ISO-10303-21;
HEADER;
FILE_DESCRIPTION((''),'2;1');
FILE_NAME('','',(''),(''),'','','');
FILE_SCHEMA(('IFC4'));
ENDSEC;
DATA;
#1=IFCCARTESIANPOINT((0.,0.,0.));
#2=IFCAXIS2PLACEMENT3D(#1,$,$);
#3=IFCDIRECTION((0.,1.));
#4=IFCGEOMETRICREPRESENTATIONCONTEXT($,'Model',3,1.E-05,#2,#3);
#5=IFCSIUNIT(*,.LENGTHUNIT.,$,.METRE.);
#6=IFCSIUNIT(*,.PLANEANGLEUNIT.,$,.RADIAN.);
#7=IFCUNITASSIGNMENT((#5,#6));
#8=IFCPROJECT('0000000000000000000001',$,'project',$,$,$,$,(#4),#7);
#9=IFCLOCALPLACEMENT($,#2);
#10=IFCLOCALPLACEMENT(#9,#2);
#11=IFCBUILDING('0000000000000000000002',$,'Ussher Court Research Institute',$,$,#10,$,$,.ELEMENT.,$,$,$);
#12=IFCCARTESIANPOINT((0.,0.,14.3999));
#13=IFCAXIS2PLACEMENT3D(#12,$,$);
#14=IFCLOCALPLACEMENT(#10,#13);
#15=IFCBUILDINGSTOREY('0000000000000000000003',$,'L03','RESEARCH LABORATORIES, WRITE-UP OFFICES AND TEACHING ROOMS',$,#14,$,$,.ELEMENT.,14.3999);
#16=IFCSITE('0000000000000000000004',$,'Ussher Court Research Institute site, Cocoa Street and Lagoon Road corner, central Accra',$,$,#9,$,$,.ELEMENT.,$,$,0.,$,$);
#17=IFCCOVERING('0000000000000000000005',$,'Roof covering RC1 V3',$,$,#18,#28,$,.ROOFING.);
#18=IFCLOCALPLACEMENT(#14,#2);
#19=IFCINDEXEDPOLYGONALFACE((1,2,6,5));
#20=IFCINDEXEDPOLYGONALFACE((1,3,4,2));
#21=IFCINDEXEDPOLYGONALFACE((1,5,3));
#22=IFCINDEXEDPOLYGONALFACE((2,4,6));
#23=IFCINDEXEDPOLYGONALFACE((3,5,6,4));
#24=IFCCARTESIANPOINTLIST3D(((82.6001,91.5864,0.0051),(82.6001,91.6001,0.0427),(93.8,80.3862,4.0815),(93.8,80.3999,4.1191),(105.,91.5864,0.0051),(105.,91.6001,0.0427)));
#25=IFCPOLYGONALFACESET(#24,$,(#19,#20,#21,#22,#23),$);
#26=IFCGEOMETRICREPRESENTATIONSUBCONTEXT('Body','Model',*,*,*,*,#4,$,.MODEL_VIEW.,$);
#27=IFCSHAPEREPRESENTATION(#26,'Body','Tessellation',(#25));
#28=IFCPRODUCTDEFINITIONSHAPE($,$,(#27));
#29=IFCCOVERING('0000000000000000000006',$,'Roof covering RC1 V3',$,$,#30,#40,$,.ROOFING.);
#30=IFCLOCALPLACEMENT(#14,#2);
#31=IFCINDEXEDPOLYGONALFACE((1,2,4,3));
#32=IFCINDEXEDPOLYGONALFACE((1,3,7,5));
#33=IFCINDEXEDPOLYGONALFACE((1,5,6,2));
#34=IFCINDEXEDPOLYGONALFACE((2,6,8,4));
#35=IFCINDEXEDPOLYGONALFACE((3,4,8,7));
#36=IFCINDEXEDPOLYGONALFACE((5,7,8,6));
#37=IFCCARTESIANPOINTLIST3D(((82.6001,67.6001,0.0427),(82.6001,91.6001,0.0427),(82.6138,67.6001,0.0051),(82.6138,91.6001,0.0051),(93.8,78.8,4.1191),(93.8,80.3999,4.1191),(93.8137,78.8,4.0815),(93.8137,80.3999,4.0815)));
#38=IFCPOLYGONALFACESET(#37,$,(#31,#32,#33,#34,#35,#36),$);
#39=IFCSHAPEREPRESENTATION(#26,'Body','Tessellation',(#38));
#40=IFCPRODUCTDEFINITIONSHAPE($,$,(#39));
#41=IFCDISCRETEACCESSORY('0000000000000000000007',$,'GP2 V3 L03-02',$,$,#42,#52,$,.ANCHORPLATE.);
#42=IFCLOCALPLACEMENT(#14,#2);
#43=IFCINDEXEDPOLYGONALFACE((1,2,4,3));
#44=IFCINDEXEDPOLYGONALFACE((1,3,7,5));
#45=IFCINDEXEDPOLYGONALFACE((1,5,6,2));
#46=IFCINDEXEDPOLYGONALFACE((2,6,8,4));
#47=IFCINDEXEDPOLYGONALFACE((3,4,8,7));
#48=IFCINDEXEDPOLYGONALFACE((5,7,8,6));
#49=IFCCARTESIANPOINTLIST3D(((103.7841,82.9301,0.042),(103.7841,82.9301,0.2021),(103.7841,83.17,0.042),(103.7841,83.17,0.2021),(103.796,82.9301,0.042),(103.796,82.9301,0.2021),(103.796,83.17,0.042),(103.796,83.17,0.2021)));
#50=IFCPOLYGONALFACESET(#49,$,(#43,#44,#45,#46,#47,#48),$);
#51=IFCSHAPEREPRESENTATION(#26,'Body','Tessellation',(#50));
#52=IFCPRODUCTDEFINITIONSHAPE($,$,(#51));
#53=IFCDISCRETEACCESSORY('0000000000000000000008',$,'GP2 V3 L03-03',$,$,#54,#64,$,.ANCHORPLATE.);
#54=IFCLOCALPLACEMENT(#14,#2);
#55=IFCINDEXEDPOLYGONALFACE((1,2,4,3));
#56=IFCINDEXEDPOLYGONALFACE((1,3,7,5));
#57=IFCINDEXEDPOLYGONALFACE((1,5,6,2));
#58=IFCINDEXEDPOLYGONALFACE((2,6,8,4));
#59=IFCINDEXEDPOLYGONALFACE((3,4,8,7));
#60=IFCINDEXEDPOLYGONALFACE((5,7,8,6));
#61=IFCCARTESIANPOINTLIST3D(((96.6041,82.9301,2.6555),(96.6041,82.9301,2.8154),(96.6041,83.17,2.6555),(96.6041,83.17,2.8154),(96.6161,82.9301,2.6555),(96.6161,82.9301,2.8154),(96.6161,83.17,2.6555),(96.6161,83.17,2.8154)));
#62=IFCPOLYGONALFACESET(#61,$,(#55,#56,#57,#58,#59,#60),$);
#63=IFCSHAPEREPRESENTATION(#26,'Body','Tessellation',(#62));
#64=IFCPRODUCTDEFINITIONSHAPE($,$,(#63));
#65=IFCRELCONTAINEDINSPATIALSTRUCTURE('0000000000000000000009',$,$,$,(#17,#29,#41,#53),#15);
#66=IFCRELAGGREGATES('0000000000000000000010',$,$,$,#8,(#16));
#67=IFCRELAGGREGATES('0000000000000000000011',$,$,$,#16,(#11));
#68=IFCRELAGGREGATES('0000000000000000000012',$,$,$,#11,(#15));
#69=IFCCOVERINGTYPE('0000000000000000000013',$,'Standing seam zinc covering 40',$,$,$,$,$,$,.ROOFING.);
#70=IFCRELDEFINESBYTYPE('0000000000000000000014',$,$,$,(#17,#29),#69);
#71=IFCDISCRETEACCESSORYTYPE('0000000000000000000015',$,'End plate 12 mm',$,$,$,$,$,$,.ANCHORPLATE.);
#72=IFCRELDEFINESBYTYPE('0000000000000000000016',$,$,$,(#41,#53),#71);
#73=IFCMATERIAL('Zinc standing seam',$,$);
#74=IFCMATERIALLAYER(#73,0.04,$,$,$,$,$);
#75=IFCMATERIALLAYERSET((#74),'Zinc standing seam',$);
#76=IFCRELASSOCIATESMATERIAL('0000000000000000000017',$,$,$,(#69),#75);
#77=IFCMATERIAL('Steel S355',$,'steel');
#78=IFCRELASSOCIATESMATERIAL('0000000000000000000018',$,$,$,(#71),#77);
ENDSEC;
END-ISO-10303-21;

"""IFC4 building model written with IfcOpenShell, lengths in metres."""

from ifc_helpers import new_model, si_unit, direction, frame, origin, origin_2d, place, context, subcontext, project, spatial, polyline, rectangle, outline, extrude, material, layer, layer_set, material_profile, profile_set, type_object, element, save


model = new_model("IFC4")

# Units and contexts
model_context = context("Model", 3, precision=1e-05, world=origin(), true_north=direction((0.0, 1.0)))
body_context = subcontext(model_context, "Body", "Model", "MODEL_VIEW")
ifc_project = project(units=[si_unit("LENGTHUNIT", "METRE"), si_unit("PLANEANGLEUNIT", "RADIAN")], contexts=[model_context])

# Site, building, storey
site_placement = place(None, origin())
site = spatial("IfcSite", under=ifc_project, at=site_placement, Name="Ussher Court Research Institute site, Cocoa Street and Lagoon Road corner, central Accra", CompositionType="ELEMENT", RefElevation=0.0)
building_placement = place(site_placement, origin())
building = spatial("IfcBuilding", under=site, at=building_placement, Name="Ussher Court Research Institute", CompositionType="ELEMENT")
storey_placement = place(building_placement, frame((0.0, 0.0, 14.3999)))
storey = spatial("IfcBuildingStorey", under=building, at=storey_placement, Name="L03", Description="RESEARCH LABORATORIES, WRITE-UP OFFICES AND TEACHING ROOMS", CompositionType="ELEMENT", Elevation=14.3999)

# Coverings
ifc_material_1 = material(Name="Zinc standing seam")
ifc_layer_1 = layer(ifc_material_1, 0.04)
ifc_layer_set_1 = layer_set([ifc_layer_1], Name="Zinc standing seam")
covering_type = type_object("IfcCoveringType", Name="Standing seam zinc covering 40", PredefinedType="ROOFING", material=ifc_layer_set_1)
covering_1_placement = place(storey_placement, frame((105.0, 91.6001, 0.0427), z_axis=(0.0, 0.342011, 0.939696), x_axis=(-1.0, 0.0, 0.0)))
element("IfcCovering", 1, at=covering_1_placement, inside=storey, type_object=covering_type, Name="Roof covering RC1 V3", PredefinedType="ROOFING", context=body_context, shape_type="SweptSolid", body=[
    extrude(outline(polyline([(0.0, 0.0), (22.3999, 0.0), (11.2, 11.919), (0.0, 0.0)])), origin(), (0.0, 0.0, -1.0), 0.04),
])
covering_2_placement = place(storey_placement, frame((82.6001, 91.6001, 0.0427), z_axis=(-0.342018, 0.0, 0.939694), x_axis=(0.0, -1.0, 0.0)))
element("IfcCovering", 2, at=covering_2_placement, inside=storey, type_object=covering_type, Name="Roof covering RC1 V3", PredefinedType="ROOFING", context=body_context, shape_type="SweptSolid", body=[
    extrude(outline(polyline([(0.0, 0.0), (24.0, 0.0), (12.8, 11.9187), (11.2002, 11.9187), (0.0, 0.0)])), origin(), (0.0, 0.0, -1.0), 0.04),
])

# Discrete accessories
ifc_material_2 = material(Name="Steel S355", Category="steel")
ifc_material_profile_1 = material_profile(ifc_material_2, rectangle(XDim=0.012, YDim=0.24, at=origin_2d()), Name="PL 12x240")
ifc_profile_set_1 = profile_set([ifc_material_profile_1], Name="Steel S355")
discrete_accessory_type = type_object("IfcDiscreteAccessoryType", Name="End plate 12 mm", PredefinedType="ANCHORPLATE", material=ifc_profile_set_1)
discrete_accessory_1_placement = place(storey_placement, frame((103.79, 83.05, 0.042), z_axis=(0.0, 0.0, 1.0), x_axis=(1.0, 0.0, 0.0)))
element("IfcDiscreteAccessory", 3, at=discrete_accessory_1_placement, inside=storey, type_object=discrete_accessory_type, Name="GP2 V3 L03-02", PredefinedType="ANCHORPLATE", context=body_context, shape_type="SweptSolid", body=[
    extrude(rectangle(XDim=0.012, YDim=0.24, at=origin_2d()), origin(), (0.0, 0.0, 1.0), 0.1602),
])
discrete_accessory_2_placement = place(storey_placement, frame((96.6101, 83.05, 2.6555), z_axis=(0.0, 0.0, 1.0), x_axis=(1.0, 0.0, 0.0)))
element("IfcDiscreteAccessory", 4, at=discrete_accessory_2_placement, inside=storey, type_object=discrete_accessory_type, Name="GP2 V3 L03-03", PredefinedType="ANCHORPLATE", context=body_context, shape_type="SweptSolid", body=[
    extrude(rectangle(XDim=0.012, YDim=0.24, at=origin_2d()), origin(), (0.0, 0.0, 1.0), 0.1599),
])

save(model, "model.ifc")
